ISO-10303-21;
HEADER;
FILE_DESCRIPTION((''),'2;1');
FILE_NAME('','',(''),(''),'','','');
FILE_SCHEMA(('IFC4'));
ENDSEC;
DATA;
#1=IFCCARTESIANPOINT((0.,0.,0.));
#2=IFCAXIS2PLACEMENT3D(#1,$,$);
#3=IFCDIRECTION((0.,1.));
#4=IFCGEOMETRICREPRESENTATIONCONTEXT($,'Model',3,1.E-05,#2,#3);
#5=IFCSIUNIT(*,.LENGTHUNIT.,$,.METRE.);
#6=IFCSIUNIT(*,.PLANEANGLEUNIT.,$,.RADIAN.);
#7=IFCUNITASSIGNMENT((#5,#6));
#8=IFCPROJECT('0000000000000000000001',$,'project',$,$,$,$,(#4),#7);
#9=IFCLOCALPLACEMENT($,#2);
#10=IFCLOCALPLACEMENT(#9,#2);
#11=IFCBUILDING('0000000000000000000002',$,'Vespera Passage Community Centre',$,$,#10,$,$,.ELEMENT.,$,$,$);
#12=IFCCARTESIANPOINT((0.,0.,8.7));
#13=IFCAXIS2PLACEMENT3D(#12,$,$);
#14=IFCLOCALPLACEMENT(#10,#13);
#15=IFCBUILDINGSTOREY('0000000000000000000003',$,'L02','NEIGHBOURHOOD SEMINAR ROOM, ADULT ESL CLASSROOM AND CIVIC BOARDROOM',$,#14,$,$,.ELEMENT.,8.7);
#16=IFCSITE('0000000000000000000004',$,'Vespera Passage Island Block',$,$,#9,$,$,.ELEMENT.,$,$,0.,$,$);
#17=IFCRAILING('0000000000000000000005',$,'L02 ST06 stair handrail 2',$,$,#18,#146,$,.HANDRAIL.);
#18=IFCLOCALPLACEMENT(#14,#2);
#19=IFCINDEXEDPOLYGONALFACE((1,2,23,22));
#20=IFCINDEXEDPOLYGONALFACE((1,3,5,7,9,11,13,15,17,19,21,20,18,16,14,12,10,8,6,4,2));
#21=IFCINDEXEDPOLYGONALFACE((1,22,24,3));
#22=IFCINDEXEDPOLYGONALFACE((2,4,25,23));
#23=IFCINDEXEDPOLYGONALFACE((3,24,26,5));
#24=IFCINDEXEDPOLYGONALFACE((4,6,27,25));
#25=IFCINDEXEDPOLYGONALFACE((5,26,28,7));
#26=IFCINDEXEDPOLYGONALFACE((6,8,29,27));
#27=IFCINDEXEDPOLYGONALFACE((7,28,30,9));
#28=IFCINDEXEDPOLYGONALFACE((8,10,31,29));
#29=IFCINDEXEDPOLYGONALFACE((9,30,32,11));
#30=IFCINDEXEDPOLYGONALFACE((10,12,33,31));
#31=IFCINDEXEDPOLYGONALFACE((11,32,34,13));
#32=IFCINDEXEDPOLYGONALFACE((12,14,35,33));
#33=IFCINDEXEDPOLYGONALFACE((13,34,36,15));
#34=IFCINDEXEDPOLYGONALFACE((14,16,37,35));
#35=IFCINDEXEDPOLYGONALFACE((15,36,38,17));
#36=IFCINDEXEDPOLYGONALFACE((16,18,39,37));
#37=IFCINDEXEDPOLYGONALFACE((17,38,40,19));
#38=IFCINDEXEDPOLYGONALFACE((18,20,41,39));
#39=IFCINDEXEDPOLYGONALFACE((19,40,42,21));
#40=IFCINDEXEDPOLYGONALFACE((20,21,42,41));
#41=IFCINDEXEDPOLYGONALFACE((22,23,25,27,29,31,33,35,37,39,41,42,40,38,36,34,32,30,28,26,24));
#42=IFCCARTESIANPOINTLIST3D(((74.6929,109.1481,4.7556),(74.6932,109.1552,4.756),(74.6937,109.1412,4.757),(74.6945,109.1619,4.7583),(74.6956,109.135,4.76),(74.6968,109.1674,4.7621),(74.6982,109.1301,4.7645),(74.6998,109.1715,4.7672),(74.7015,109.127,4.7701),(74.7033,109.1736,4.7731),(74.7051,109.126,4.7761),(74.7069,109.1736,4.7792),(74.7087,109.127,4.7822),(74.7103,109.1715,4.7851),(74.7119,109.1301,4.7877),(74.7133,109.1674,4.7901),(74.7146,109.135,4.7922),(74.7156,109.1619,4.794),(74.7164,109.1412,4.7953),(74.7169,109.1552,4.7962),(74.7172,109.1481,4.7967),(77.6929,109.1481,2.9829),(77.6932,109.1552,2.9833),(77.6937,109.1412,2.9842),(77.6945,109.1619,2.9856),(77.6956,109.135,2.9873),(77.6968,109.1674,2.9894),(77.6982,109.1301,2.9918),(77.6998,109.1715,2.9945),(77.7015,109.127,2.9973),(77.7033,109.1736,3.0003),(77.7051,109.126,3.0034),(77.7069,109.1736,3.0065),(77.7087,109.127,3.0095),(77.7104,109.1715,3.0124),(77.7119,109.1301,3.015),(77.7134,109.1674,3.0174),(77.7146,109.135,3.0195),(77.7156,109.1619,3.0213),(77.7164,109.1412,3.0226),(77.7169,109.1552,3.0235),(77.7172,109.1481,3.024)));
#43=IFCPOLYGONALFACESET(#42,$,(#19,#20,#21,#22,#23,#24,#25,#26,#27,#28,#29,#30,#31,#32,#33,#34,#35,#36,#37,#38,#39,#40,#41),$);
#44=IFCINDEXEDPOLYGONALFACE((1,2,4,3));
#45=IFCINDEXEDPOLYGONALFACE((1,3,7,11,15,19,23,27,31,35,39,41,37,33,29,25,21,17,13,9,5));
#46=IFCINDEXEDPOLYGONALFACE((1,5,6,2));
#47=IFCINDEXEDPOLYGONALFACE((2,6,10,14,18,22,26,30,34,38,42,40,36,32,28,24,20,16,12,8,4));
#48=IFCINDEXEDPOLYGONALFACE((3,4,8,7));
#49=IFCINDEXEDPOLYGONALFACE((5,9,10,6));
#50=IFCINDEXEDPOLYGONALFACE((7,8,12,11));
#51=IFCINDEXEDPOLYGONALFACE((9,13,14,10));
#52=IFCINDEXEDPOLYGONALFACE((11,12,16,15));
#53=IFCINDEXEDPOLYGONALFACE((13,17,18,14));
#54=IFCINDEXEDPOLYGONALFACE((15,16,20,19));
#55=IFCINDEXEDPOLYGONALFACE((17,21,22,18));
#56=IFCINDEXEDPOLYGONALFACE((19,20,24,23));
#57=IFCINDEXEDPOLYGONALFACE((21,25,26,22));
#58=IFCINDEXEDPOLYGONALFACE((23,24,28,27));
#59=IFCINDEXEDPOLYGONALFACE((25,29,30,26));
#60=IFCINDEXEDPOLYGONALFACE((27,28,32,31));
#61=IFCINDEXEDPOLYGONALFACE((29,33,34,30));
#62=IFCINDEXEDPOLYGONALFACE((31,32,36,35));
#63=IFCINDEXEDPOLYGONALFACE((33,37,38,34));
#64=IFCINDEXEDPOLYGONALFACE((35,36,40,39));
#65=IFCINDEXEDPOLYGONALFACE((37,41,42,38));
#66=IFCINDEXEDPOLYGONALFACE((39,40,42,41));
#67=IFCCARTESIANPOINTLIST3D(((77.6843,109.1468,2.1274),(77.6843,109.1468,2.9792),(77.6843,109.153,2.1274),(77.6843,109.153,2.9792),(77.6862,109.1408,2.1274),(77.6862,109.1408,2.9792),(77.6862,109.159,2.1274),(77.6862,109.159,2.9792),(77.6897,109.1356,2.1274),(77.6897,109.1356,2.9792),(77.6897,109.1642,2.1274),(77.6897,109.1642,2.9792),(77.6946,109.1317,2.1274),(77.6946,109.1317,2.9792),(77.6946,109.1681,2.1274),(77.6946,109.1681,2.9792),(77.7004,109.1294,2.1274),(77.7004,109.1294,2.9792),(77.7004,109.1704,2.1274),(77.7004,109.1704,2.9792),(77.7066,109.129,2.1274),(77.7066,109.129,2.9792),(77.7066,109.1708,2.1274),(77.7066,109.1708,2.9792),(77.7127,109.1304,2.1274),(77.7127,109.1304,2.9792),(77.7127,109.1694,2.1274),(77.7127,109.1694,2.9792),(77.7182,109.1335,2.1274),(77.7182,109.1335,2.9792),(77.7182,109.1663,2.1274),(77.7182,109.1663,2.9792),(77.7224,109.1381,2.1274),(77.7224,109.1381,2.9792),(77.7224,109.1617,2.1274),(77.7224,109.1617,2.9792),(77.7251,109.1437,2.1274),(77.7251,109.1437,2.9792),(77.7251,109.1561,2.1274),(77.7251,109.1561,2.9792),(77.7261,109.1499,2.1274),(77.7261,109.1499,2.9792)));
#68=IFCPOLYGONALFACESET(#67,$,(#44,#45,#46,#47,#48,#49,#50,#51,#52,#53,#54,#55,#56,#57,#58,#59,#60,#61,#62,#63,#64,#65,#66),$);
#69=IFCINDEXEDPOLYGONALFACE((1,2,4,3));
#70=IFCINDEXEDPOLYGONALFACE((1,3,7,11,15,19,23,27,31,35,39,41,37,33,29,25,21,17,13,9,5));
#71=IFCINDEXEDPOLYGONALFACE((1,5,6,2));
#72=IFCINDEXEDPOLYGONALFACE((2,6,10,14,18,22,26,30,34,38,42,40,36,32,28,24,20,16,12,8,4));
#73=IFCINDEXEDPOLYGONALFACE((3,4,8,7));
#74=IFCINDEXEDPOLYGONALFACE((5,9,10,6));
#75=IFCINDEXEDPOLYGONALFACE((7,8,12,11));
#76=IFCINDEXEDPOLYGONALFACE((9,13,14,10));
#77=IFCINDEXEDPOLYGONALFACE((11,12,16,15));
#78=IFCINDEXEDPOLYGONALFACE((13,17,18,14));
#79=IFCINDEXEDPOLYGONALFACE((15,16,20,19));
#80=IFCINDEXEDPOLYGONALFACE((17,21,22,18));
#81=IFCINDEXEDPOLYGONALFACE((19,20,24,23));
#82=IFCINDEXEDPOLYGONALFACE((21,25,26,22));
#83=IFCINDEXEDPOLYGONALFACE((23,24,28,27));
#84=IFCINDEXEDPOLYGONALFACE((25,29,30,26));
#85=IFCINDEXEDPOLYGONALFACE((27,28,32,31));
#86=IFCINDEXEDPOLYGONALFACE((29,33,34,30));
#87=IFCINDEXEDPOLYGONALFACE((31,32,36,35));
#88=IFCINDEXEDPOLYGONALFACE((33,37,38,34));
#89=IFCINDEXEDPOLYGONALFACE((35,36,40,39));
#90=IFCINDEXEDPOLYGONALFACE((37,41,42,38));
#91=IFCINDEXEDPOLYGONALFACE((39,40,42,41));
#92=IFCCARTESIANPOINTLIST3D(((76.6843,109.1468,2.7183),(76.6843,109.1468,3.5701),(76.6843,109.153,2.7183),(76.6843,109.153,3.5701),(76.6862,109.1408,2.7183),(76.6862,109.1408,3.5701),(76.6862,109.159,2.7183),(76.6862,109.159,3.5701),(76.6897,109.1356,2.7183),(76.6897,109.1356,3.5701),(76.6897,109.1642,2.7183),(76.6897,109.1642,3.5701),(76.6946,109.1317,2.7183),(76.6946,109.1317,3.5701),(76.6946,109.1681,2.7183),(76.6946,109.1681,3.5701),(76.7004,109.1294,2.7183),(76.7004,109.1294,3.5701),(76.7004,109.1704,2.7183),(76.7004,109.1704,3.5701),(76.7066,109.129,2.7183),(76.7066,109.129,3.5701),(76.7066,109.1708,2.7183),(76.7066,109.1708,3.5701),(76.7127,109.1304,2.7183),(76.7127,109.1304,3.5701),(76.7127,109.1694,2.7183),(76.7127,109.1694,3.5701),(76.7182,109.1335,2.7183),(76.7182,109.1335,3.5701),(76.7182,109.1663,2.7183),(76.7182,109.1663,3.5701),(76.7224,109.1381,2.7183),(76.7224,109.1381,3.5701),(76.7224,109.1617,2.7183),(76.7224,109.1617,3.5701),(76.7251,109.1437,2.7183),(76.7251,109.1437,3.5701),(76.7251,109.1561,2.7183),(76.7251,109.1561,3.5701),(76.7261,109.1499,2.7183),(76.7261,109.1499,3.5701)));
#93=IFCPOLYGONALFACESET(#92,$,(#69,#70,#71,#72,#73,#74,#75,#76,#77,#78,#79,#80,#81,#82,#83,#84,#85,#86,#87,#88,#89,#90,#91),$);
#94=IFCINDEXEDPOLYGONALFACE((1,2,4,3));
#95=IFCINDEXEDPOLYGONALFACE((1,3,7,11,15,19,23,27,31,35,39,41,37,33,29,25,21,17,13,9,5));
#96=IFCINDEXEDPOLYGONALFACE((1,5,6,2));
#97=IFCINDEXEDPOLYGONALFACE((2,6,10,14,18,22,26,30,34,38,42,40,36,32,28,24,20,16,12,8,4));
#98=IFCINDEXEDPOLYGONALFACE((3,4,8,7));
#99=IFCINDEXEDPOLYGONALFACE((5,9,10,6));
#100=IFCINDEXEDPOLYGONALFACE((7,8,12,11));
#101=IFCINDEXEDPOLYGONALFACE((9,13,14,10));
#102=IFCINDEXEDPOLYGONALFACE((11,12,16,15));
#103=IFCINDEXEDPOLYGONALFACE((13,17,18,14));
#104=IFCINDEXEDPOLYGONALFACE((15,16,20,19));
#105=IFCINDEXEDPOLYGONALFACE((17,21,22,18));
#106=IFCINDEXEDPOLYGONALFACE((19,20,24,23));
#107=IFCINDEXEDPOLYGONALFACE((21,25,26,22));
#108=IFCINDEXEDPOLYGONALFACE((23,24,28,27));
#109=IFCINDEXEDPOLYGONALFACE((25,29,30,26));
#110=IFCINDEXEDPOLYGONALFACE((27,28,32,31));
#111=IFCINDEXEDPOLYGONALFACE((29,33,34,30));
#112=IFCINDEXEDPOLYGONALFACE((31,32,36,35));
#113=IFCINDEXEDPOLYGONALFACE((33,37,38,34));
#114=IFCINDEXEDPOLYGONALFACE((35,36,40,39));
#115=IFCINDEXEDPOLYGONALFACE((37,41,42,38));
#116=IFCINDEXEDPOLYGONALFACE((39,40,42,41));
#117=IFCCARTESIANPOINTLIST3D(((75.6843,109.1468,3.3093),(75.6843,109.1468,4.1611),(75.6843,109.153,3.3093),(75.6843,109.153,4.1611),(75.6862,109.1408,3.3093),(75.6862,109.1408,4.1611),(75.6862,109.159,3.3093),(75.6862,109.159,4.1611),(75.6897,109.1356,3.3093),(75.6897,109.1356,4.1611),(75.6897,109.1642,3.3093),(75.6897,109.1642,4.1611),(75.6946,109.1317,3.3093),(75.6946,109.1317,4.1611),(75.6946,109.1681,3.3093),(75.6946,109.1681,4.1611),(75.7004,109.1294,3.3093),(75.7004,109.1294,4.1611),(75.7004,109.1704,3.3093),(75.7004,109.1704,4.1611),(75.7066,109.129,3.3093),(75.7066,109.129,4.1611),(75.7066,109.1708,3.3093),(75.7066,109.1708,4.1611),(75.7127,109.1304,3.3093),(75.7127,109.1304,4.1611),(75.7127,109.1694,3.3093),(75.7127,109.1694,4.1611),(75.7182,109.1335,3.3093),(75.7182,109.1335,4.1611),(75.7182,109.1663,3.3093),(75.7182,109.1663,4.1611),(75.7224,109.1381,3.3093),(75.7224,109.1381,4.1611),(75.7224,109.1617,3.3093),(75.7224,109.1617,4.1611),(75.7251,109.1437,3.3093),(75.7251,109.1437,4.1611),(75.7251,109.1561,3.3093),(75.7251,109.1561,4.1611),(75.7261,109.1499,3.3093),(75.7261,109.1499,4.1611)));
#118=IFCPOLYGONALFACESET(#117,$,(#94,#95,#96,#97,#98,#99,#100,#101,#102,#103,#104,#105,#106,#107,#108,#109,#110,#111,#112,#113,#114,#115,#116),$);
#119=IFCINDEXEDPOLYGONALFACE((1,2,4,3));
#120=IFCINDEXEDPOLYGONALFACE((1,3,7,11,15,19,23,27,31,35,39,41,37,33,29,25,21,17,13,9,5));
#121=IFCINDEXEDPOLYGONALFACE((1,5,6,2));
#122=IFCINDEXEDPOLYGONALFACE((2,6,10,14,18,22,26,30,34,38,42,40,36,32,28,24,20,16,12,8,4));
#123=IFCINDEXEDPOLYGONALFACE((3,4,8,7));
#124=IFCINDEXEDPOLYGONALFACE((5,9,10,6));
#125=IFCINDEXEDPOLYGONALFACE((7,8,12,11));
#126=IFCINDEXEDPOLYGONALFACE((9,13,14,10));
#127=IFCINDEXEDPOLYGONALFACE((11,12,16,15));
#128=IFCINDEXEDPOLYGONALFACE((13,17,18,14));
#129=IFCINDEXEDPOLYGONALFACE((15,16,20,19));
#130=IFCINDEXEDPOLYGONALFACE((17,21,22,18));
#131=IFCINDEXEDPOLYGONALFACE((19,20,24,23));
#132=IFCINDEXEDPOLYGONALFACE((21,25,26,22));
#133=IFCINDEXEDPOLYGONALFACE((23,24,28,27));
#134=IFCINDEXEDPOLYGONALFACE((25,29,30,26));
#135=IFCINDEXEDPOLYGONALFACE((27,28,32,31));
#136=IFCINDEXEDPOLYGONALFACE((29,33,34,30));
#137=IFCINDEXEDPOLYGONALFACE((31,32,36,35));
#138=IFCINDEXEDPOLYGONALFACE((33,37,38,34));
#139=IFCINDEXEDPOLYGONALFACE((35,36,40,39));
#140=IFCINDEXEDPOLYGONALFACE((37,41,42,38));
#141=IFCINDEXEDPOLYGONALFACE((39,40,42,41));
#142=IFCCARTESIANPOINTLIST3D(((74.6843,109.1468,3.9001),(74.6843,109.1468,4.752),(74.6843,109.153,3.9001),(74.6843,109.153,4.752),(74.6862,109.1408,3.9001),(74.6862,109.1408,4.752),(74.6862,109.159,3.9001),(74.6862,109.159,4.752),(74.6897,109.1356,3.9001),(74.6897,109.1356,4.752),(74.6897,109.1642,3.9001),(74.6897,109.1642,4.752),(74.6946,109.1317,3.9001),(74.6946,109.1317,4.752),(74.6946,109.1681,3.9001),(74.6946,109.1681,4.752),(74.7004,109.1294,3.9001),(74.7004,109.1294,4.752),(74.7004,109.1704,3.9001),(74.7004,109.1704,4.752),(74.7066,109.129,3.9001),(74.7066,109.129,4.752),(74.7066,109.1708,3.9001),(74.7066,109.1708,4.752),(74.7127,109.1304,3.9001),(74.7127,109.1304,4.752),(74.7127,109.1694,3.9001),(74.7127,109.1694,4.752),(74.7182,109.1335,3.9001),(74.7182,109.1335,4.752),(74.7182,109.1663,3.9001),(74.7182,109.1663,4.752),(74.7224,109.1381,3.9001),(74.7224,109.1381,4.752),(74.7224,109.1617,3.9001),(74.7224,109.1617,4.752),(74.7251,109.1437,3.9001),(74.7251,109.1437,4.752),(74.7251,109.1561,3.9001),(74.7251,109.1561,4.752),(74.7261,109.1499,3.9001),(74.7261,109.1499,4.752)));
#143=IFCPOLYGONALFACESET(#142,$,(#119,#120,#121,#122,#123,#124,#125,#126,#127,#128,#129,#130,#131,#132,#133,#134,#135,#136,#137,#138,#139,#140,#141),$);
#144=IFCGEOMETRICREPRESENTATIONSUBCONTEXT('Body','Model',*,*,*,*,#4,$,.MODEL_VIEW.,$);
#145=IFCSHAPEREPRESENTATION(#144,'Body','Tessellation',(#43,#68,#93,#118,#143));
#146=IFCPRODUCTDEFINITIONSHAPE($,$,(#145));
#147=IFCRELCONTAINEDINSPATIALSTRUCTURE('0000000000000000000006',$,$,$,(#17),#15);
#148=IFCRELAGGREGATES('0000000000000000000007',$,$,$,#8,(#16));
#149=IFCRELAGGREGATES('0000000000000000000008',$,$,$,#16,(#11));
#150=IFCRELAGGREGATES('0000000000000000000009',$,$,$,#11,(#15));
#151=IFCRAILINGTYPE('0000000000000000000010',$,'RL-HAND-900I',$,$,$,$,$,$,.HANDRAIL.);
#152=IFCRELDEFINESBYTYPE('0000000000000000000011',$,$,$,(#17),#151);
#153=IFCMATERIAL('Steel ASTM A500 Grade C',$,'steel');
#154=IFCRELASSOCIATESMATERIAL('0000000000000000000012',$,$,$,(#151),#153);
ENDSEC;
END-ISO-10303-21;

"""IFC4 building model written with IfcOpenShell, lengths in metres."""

from ifc_helpers import new_model, si_unit, direction, frame, origin, origin_2d, place, context, subcontext, project, spatial, circle, extrude, material, type_object, element, save


model = new_model("IFC4")

# Units and contexts
model_context = context("Model", 3, precision=1e-05, world=origin(), true_north=direction((0.0, 1.0)))
body_context = subcontext(model_context, "Body", "Model", "MODEL_VIEW")
ifc_project = project(units=[si_unit("LENGTHUNIT", "METRE"), si_unit("PLANEANGLEUNIT", "RADIAN")], contexts=[model_context])

# Site, building, storey
site_placement = place(None, origin())
site = spatial("IfcSite", under=ifc_project, at=site_placement, Name="Vespera Passage Island Block", CompositionType="ELEMENT", RefElevation=0.0)
building_placement = place(site_placement, origin())
building = spatial("IfcBuilding", under=site, at=building_placement, Name="Vespera Passage Community Centre", CompositionType="ELEMENT")
storey_placement = place(building_placement, frame((0.0, 0.0, 8.7)))
storey = spatial("IfcBuildingStorey", under=building, at=storey_placement, Name="L02", Description="NEIGHBOURHOOD SEMINAR ROOM, ADULT ESL CLASSROOM AND CIVIC BOARDROOM", CompositionType="ELEMENT", Elevation=8.7)

# Railing
ifc_material_1 = material(Name="Steel ASTM A500 Grade C", Category="steel")
railing_type_1 = type_object("IfcRailingType", Name="RL-HAND-900I", PredefinedType="HANDRAIL", material=ifc_material_1)
railing_1_placement = place(storey_placement, frame((77.7051, 109.1499, 2.1274)))
element("IfcRailing", 1, at=railing_1_placement, inside=storey, type_object=railing_type_1, Name="L02 ST06 stair handrail 2", PredefinedType="HANDRAIL", context=body_context, shape_type="SweptSolid", body=[
    extrude(circle(Radius=0.0239, at=origin_2d()), frame((0.0, 0.0, 0.876), z_axis=(-0.860929, 0.0, 0.508725), x_axis=(0.0, -1.0, 0.0)), (0.0, 0.0, 1.0), 3.4846),
    extrude(circle(Radius=0.021, at=origin_2d()), origin(), (0.0, 0.0, 1.0), 0.8518),
    extrude(circle(Radius=0.021, at=origin_2d()), frame((-1.0, 0.0, 0.5908)), (0.0, 0.0, 1.0), 0.8518),
    extrude(circle(Radius=0.021, at=origin_2d()), frame((-2.0, 0.0, 1.1819)), (0.0, 0.0, 1.0), 0.8518),
    extrude(circle(Radius=0.021, at=origin_2d()), frame((-3.0, 0.0, 1.7727)), (0.0, 0.0, 1.0), 0.8518),
])

save(model, "model.ifc")
